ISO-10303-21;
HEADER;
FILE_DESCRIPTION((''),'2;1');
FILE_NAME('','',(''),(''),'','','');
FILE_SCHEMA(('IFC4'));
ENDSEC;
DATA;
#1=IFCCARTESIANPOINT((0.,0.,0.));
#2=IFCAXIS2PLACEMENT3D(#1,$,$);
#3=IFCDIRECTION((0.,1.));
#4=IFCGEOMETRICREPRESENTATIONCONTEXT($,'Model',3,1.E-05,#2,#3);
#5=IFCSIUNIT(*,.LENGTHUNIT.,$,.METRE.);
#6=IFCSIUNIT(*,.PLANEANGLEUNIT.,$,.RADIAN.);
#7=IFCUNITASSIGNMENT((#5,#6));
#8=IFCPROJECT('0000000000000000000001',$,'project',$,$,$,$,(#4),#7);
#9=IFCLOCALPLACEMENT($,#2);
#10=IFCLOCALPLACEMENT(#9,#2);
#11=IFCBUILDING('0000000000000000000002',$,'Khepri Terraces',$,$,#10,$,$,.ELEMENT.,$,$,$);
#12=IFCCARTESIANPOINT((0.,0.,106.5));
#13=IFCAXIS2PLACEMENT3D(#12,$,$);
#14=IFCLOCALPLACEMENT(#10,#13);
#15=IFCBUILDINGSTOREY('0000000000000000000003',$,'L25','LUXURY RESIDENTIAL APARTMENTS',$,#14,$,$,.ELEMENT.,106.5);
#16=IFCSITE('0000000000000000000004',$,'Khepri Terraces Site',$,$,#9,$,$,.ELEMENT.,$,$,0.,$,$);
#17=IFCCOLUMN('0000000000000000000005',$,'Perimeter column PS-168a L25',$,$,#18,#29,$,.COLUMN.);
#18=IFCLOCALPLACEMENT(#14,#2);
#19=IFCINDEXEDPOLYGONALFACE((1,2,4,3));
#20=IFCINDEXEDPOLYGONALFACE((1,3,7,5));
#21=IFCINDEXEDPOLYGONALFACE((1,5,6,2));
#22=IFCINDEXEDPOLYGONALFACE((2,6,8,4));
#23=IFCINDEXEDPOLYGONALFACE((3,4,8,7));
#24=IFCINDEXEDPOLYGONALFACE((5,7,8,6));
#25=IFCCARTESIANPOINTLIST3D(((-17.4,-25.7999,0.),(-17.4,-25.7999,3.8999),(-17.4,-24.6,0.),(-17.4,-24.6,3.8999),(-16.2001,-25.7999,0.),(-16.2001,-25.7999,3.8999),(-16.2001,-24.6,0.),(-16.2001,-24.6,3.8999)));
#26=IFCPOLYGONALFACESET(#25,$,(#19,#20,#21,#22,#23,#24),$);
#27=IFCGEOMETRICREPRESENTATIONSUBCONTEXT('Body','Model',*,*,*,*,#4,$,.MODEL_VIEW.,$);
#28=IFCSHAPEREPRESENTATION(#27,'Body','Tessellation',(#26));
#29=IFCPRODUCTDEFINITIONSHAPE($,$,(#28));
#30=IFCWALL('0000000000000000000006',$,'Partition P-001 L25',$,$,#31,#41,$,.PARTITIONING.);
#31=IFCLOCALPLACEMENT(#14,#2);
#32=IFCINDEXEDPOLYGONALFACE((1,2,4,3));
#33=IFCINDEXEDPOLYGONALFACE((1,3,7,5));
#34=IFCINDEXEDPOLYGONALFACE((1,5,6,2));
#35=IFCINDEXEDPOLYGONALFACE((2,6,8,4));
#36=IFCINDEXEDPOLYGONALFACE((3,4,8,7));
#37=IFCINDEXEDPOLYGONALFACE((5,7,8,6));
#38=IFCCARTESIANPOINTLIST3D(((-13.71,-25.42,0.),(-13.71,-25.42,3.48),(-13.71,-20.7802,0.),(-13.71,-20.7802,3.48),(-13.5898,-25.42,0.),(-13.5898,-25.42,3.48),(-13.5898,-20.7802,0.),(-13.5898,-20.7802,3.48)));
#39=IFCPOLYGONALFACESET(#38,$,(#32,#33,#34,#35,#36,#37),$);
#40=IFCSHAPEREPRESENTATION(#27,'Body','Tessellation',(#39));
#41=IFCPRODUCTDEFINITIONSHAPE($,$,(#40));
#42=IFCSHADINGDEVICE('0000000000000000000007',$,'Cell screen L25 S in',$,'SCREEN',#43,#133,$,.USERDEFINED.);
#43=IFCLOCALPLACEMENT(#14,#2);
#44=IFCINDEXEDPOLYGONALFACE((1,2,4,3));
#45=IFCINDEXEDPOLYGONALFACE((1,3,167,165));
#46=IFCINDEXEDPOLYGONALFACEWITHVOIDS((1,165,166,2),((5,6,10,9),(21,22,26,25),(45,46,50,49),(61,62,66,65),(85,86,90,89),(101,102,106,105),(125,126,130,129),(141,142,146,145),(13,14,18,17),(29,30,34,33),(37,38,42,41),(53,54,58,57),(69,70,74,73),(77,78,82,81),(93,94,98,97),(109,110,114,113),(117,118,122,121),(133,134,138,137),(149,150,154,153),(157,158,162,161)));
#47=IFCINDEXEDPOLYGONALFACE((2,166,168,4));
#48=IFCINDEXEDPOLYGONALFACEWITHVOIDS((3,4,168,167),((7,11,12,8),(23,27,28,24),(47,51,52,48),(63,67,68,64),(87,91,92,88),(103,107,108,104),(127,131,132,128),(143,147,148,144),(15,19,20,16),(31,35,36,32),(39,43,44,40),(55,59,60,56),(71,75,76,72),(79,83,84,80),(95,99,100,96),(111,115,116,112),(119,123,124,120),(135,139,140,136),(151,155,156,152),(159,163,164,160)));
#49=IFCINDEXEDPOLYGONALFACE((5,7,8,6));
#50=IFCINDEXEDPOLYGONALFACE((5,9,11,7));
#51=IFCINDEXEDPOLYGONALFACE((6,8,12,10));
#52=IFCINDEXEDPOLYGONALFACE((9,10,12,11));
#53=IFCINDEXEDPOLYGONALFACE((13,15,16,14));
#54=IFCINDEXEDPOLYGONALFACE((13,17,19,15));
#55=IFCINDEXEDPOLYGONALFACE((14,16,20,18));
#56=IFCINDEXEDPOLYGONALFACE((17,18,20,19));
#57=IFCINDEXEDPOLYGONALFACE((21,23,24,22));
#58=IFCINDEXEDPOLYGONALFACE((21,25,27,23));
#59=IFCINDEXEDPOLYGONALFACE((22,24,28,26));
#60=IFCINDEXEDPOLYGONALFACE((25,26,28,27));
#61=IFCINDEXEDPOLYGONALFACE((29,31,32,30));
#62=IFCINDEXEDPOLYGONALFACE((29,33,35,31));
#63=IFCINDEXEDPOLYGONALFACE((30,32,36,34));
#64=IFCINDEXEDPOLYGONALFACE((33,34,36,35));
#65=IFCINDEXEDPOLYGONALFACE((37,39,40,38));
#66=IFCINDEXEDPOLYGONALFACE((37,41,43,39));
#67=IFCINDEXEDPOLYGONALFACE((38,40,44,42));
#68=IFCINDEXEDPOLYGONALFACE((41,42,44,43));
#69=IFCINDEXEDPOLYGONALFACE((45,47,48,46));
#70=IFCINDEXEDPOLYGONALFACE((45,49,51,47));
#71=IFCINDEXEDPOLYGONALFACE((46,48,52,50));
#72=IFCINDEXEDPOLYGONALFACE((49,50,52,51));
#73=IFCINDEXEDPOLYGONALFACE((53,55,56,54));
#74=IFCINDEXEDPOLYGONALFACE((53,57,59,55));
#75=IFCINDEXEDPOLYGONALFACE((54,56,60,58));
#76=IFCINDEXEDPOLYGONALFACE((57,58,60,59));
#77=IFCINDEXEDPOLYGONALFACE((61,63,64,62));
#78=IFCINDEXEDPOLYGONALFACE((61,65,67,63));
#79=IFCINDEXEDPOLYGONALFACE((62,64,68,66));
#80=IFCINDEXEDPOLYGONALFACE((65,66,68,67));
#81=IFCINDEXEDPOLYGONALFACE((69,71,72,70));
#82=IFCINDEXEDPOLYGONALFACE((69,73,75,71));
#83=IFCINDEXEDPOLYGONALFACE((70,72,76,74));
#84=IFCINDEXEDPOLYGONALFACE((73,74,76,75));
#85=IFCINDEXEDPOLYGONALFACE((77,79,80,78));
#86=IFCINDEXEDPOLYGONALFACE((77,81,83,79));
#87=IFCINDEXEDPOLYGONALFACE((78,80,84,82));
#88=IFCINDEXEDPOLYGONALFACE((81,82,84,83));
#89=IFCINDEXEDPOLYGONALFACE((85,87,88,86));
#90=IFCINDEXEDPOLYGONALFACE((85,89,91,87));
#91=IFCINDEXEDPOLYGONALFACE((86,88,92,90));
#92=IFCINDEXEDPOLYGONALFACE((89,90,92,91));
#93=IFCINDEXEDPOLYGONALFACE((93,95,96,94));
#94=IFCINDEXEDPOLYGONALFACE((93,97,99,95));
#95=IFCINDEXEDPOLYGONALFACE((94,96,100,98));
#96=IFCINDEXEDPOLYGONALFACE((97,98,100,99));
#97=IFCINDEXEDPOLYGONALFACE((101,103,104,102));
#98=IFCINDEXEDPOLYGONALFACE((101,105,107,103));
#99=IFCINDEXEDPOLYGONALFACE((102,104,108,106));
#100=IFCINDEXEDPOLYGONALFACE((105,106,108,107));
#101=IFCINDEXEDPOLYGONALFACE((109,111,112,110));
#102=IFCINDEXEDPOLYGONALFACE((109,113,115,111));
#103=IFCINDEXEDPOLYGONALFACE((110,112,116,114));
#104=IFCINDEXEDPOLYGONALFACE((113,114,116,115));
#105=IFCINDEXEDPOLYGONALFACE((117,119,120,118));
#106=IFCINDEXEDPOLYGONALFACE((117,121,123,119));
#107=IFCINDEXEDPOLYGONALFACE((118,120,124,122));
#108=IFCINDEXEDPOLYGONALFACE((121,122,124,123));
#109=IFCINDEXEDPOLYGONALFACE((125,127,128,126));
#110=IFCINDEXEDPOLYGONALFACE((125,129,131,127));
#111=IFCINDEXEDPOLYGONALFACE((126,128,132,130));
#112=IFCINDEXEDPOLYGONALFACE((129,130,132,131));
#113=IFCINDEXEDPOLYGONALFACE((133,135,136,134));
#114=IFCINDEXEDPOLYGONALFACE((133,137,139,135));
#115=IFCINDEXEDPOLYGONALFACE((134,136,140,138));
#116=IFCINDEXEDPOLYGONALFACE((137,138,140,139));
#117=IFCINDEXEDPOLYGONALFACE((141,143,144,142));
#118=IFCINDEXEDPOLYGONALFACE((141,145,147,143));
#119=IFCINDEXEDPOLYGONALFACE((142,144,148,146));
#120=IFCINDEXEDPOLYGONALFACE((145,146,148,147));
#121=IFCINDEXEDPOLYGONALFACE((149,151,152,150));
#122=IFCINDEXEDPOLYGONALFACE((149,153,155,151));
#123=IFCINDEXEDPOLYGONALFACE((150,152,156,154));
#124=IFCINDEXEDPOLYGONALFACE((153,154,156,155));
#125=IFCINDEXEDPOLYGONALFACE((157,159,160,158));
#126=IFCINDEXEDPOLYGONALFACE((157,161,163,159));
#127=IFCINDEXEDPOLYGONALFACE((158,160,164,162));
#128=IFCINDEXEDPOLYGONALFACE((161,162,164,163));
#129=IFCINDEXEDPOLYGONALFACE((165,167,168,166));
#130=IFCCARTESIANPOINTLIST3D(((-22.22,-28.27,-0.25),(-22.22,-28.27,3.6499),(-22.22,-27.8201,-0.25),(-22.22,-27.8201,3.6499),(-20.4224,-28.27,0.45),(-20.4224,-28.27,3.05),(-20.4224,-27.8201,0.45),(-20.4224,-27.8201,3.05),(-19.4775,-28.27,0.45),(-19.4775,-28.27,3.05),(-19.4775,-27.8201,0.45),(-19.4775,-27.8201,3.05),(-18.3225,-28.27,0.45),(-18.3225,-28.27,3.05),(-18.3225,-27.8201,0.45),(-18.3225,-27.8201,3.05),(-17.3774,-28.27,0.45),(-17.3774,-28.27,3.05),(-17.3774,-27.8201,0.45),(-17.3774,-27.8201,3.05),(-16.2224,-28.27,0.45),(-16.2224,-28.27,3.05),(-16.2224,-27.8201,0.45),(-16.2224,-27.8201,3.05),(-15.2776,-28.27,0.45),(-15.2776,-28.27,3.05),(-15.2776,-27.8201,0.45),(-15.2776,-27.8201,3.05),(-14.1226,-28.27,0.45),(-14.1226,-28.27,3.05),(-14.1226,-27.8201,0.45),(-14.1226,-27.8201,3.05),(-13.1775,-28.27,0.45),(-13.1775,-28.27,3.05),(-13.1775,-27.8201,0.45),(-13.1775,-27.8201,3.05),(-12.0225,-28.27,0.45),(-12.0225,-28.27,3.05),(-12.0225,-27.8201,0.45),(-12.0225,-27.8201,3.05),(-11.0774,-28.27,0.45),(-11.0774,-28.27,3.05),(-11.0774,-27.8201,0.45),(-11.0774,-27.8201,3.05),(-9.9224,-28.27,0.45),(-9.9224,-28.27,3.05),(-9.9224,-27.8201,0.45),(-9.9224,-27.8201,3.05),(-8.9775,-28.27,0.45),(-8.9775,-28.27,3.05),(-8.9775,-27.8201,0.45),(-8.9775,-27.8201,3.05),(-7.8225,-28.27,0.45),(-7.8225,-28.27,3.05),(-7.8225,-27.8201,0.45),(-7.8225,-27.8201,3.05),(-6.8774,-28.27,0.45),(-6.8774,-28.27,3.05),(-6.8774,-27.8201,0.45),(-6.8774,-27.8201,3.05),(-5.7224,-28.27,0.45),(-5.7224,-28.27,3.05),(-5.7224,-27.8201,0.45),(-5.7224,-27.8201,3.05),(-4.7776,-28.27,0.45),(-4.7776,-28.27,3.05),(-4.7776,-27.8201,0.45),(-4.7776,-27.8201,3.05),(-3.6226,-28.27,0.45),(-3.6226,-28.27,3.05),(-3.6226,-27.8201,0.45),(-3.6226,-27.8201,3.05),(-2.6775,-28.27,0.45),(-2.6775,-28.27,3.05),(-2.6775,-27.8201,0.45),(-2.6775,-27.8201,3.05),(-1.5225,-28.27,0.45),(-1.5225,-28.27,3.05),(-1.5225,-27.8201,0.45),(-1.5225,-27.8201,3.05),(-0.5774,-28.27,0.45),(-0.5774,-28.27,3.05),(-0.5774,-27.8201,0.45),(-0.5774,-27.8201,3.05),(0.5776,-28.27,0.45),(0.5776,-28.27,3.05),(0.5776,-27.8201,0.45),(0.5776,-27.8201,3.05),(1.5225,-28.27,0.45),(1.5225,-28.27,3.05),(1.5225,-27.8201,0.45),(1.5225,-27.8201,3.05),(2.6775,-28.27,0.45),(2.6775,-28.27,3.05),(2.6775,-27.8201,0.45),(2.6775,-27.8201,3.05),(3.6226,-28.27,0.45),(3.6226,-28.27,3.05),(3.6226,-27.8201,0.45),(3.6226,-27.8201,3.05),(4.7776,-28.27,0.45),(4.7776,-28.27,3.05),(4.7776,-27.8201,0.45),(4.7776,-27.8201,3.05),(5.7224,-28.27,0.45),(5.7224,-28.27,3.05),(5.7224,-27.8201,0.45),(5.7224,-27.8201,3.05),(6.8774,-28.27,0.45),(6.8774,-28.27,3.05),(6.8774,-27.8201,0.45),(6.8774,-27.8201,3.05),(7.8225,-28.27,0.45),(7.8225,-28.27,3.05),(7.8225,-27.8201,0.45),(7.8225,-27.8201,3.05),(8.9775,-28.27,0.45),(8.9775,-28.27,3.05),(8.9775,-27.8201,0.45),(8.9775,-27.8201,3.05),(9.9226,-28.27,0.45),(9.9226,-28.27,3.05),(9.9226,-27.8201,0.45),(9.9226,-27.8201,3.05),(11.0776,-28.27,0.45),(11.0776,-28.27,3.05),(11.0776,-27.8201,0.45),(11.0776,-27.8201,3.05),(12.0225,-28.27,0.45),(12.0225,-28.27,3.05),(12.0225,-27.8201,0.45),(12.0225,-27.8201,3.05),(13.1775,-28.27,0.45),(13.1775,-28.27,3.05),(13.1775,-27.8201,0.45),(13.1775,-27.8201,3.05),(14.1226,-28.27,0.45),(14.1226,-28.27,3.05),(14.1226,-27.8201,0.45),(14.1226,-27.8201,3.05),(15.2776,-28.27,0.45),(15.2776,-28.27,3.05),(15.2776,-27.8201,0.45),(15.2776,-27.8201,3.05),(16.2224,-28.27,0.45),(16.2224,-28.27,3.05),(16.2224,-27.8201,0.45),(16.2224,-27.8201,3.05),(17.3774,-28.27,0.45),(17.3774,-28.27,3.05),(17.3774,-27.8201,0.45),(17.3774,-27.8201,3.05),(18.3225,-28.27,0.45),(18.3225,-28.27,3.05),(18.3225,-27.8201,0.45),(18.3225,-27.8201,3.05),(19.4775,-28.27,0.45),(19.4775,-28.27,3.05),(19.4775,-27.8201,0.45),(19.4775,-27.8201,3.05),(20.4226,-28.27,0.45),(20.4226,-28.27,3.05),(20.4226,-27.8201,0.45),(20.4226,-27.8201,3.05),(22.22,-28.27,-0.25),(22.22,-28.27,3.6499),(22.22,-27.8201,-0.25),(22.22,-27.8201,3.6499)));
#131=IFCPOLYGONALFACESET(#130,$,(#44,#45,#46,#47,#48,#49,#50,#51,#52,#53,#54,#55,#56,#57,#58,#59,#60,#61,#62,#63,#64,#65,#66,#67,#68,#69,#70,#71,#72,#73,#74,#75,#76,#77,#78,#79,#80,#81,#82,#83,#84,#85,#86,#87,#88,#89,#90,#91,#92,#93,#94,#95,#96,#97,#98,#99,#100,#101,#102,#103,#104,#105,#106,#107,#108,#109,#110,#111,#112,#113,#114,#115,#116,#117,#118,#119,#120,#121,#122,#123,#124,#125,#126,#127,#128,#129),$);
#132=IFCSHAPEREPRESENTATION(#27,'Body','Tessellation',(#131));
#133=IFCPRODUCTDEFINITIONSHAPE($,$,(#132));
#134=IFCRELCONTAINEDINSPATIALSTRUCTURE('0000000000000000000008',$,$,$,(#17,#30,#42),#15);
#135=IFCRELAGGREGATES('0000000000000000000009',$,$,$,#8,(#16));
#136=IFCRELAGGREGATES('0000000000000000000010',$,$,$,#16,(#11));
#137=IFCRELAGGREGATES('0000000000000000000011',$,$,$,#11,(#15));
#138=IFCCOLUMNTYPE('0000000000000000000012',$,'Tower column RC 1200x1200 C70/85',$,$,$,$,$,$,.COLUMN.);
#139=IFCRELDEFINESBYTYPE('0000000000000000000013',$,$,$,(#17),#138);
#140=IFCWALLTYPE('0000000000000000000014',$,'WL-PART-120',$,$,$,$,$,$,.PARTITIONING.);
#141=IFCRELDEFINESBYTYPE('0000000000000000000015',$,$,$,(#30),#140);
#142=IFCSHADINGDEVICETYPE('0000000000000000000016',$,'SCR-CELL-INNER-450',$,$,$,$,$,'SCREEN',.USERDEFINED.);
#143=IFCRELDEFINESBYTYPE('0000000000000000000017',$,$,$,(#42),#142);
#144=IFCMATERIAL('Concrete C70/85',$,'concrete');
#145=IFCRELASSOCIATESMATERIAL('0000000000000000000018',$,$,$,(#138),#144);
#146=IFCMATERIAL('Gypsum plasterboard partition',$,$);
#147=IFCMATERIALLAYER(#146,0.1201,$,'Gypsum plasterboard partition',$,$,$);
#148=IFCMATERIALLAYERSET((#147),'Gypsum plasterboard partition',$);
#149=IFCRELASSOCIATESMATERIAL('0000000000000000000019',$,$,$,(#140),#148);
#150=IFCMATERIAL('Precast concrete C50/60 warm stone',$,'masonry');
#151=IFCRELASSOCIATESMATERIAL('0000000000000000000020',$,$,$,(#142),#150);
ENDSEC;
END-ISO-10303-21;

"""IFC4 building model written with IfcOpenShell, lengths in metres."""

from ifc_helpers import new_model, si_unit, direction, frame, frame_2d, origin, origin_2d, place, context, subcontext, project, spatial, polyline, rectangle, outline, extrude, material, layer, layer_set, material_profile, profile_set, type_object, element, save


model = new_model("IFC4")

# Units and contexts
model_context = context("Model", 3, precision=1e-05, world=origin(), true_north=direction((0.0, 1.0)))
body_context = subcontext(model_context, "Body", "Model", "MODEL_VIEW")
ifc_project = project(units=[si_unit("LENGTHUNIT", "METRE"), si_unit("PLANEANGLEUNIT", "RADIAN")], contexts=[model_context])

# Site, building, storey
site_placement = place(None, origin())
site = spatial("IfcSite", under=ifc_project, at=site_placement, Name="Khepri Terraces Site", CompositionType="ELEMENT", RefElevation=0.0)
building_placement = place(site_placement, origin())
building = spatial("IfcBuilding", under=site, at=building_placement, Name="Khepri Terraces", CompositionType="ELEMENT")
storey_placement = place(building_placement, frame((0.0, 0.0, 106.5)))
storey = spatial("IfcBuildingStorey", under=building, at=storey_placement, Name="L25", Description="LUXURY RESIDENTIAL APARTMENTS", CompositionType="ELEMENT", Elevation=106.5)

# Column
ifc_material_1 = material(Name="Concrete C70/85", Category="concrete")
ifc_material_profile = material_profile(ifc_material_1, rectangle(XDim=1.2, YDim=1.2, at=origin_2d()), Name="Concrete C70/85", Category="concrete")
ifc_profile_set = profile_set([ifc_material_profile], Name="Concrete C70/85")
column_type = type_object("IfcColumnType", Name="Tower column RC 1200x1200 C70/85", PredefinedType="COLUMN", material=ifc_profile_set)
column_placement = place(storey_placement, frame((-16.8, -25.2, 0.0), z_axis=(0.0, 0.0, 1.0), x_axis=(1.0, 0.0, 0.0)))
element("IfcColumn", 1, at=column_placement, inside=storey, type_object=column_type, Name="Perimeter column PS-168a L25", PredefinedType="COLUMN", context=body_context, shape_type="SweptSolid", body=[
    extrude(rectangle(XDim=1.2, YDim=1.2, at=origin_2d()), origin(), (0.0, 0.0, 1.0), 3.8999),
])

# Shared definitions
ifc_material_2 = material(Name="Precast concrete C50/60 warm stone", Category="masonry")

# Wall
ifc_material_3 = material(Name="Gypsum plasterboard partition")
ifc_layer_1 = layer(ifc_material_3, 0.1201, Name="Gypsum plasterboard partition")
ifc_layer_set_1 = layer_set([ifc_layer_1], Name="Gypsum plasterboard partition")
wall_type_1 = type_object("IfcWallType", Name="WL-PART-120", PredefinedType="PARTITIONING", material=ifc_layer_set_1)
wall_1_placement = place(storey_placement, frame((-13.6499, -25.4199, 0.0), z_axis=(0.0, 0.0, 1.0), x_axis=(0.0, 1.0, 0.0)))
element("IfcWall", 2, at=wall_1_placement, inside=storey, type_object=wall_type_1, Name="Partition P-001 L25", PredefinedType="PARTITIONING", context=body_context, shape_type="SweptSolid", body=[
    extrude(rectangle(XDim=4.6399, YDim=0.1201, at=frame_2d((2.3198, 0.0))), origin(), (0.0, 0.0, 1.0), 3.48),
])

# Shading device
shading_device_type_1 = type_object("IfcShadingDeviceType", Name="SCR-CELL-INNER-450", ElementType="SCREEN", PredefinedType="USERDEFINED", material=ifc_material_2)
shading_device_1_placement = place(storey_placement, frame((-22.22, -27.8201, -0.25), z_axis=(0.0, -1.0, 0.0), x_axis=(1.0, 0.0, 0.0)))
element("IfcShadingDevice", 3, at=shading_device_1_placement, inside=storey, type_object=shading_device_type_1, Name="Cell screen L25 S in", ObjectType="SCREEN", PredefinedType="USERDEFINED", context=body_context, shape_type="SweptSolid", body=[
    extrude(outline(polyline([(0.0, 0.0), (44.4399, 0.0), (44.4399, 3.8999), (0.0, 3.8999), (0.0, 0.0)]), holes=[polyline([(1.7976, 0.7), (2.7424, 0.7), (2.7424, 3.3), (1.7976, 3.3), (1.7976, 0.7)]), polyline([(3.8975, 0.7), (4.8425, 0.7), (4.8425, 3.3), (3.8975, 3.3), (3.8975, 0.7)]), polyline([(5.9976, 0.7), (6.9424, 0.7), (6.9424, 3.3), (5.9976, 3.3), (5.9976, 0.7)]), polyline([(8.0974, 0.7), (9.0425, 0.7), (9.0425, 3.3), (8.0974, 3.3), (8.0974, 0.7)]), polyline([(10.1975, 0.7), (11.1426, 0.7), (11.1426, 3.3), (10.1975, 3.3), (10.1975, 0.7)]), polyline([(12.2976, 0.7), (13.2424, 0.7), (13.2424, 3.3), (12.2976, 3.3), (12.2976, 0.7)]), polyline([(14.3975, 0.7), (15.3425, 0.7), (15.3425, 3.3), (14.3975, 3.3), (14.3975, 0.7)]), polyline([(16.4976, 0.7), (17.4424, 0.7), (17.4424, 3.3), (16.4976, 3.3), (16.4976, 0.7)]), polyline([(18.5974, 0.7), (19.5425, 0.7), (19.5425, 3.3), (18.5974, 3.3), (18.5974, 0.7)]), polyline([(20.6975, 0.7), (21.6426, 0.7), (21.6426, 3.3), (20.6975, 3.3), (20.6975, 0.7)]), polyline([(22.7976, 0.7), (23.7424, 0.7), (23.7424, 3.3), (22.7976, 3.3), (22.7976, 0.7)]), polyline([(24.8975, 0.7), (25.8425, 0.7), (25.8425, 3.3), (24.8975, 3.3), (24.8975, 0.7)]), polyline([(26.9976, 0.7), (27.9424, 0.7), (27.9424, 3.3), (26.9976, 3.3), (26.9976, 0.7)]), polyline([(29.0974, 0.7), (30.0425, 0.7), (30.0425, 3.3), (29.0974, 3.3), (29.0974, 0.7)]), polyline([(31.1975, 0.7), (32.1426, 0.7), (32.1426, 3.3), (31.1975, 3.3), (31.1975, 0.7)]), polyline([(33.2976, 0.7), (34.2424, 0.7), (34.2424, 3.3), (33.2976, 3.3), (33.2976, 0.7)]), polyline([(35.3975, 0.7), (36.3425, 0.7), (36.3425, 3.3), (35.3975, 3.3), (35.3975, 0.7)]), polyline([(37.4976, 0.7), (38.4424, 0.7), (38.4424, 3.3), (37.4976, 3.3), (37.4976, 0.7)]), polyline([(39.5974, 0.7), (40.5425, 0.7), (40.5425, 3.3), (39.5974, 3.3), (39.5974, 0.7)]), polyline([(41.6975, 0.7), (42.6426, 0.7), (42.6426, 3.3), (41.6975, 3.3), (41.6975, 0.7)])]), origin(), (0.0, 0.0, 1.0), 0.45),
])

save(model, "model.ifc")
